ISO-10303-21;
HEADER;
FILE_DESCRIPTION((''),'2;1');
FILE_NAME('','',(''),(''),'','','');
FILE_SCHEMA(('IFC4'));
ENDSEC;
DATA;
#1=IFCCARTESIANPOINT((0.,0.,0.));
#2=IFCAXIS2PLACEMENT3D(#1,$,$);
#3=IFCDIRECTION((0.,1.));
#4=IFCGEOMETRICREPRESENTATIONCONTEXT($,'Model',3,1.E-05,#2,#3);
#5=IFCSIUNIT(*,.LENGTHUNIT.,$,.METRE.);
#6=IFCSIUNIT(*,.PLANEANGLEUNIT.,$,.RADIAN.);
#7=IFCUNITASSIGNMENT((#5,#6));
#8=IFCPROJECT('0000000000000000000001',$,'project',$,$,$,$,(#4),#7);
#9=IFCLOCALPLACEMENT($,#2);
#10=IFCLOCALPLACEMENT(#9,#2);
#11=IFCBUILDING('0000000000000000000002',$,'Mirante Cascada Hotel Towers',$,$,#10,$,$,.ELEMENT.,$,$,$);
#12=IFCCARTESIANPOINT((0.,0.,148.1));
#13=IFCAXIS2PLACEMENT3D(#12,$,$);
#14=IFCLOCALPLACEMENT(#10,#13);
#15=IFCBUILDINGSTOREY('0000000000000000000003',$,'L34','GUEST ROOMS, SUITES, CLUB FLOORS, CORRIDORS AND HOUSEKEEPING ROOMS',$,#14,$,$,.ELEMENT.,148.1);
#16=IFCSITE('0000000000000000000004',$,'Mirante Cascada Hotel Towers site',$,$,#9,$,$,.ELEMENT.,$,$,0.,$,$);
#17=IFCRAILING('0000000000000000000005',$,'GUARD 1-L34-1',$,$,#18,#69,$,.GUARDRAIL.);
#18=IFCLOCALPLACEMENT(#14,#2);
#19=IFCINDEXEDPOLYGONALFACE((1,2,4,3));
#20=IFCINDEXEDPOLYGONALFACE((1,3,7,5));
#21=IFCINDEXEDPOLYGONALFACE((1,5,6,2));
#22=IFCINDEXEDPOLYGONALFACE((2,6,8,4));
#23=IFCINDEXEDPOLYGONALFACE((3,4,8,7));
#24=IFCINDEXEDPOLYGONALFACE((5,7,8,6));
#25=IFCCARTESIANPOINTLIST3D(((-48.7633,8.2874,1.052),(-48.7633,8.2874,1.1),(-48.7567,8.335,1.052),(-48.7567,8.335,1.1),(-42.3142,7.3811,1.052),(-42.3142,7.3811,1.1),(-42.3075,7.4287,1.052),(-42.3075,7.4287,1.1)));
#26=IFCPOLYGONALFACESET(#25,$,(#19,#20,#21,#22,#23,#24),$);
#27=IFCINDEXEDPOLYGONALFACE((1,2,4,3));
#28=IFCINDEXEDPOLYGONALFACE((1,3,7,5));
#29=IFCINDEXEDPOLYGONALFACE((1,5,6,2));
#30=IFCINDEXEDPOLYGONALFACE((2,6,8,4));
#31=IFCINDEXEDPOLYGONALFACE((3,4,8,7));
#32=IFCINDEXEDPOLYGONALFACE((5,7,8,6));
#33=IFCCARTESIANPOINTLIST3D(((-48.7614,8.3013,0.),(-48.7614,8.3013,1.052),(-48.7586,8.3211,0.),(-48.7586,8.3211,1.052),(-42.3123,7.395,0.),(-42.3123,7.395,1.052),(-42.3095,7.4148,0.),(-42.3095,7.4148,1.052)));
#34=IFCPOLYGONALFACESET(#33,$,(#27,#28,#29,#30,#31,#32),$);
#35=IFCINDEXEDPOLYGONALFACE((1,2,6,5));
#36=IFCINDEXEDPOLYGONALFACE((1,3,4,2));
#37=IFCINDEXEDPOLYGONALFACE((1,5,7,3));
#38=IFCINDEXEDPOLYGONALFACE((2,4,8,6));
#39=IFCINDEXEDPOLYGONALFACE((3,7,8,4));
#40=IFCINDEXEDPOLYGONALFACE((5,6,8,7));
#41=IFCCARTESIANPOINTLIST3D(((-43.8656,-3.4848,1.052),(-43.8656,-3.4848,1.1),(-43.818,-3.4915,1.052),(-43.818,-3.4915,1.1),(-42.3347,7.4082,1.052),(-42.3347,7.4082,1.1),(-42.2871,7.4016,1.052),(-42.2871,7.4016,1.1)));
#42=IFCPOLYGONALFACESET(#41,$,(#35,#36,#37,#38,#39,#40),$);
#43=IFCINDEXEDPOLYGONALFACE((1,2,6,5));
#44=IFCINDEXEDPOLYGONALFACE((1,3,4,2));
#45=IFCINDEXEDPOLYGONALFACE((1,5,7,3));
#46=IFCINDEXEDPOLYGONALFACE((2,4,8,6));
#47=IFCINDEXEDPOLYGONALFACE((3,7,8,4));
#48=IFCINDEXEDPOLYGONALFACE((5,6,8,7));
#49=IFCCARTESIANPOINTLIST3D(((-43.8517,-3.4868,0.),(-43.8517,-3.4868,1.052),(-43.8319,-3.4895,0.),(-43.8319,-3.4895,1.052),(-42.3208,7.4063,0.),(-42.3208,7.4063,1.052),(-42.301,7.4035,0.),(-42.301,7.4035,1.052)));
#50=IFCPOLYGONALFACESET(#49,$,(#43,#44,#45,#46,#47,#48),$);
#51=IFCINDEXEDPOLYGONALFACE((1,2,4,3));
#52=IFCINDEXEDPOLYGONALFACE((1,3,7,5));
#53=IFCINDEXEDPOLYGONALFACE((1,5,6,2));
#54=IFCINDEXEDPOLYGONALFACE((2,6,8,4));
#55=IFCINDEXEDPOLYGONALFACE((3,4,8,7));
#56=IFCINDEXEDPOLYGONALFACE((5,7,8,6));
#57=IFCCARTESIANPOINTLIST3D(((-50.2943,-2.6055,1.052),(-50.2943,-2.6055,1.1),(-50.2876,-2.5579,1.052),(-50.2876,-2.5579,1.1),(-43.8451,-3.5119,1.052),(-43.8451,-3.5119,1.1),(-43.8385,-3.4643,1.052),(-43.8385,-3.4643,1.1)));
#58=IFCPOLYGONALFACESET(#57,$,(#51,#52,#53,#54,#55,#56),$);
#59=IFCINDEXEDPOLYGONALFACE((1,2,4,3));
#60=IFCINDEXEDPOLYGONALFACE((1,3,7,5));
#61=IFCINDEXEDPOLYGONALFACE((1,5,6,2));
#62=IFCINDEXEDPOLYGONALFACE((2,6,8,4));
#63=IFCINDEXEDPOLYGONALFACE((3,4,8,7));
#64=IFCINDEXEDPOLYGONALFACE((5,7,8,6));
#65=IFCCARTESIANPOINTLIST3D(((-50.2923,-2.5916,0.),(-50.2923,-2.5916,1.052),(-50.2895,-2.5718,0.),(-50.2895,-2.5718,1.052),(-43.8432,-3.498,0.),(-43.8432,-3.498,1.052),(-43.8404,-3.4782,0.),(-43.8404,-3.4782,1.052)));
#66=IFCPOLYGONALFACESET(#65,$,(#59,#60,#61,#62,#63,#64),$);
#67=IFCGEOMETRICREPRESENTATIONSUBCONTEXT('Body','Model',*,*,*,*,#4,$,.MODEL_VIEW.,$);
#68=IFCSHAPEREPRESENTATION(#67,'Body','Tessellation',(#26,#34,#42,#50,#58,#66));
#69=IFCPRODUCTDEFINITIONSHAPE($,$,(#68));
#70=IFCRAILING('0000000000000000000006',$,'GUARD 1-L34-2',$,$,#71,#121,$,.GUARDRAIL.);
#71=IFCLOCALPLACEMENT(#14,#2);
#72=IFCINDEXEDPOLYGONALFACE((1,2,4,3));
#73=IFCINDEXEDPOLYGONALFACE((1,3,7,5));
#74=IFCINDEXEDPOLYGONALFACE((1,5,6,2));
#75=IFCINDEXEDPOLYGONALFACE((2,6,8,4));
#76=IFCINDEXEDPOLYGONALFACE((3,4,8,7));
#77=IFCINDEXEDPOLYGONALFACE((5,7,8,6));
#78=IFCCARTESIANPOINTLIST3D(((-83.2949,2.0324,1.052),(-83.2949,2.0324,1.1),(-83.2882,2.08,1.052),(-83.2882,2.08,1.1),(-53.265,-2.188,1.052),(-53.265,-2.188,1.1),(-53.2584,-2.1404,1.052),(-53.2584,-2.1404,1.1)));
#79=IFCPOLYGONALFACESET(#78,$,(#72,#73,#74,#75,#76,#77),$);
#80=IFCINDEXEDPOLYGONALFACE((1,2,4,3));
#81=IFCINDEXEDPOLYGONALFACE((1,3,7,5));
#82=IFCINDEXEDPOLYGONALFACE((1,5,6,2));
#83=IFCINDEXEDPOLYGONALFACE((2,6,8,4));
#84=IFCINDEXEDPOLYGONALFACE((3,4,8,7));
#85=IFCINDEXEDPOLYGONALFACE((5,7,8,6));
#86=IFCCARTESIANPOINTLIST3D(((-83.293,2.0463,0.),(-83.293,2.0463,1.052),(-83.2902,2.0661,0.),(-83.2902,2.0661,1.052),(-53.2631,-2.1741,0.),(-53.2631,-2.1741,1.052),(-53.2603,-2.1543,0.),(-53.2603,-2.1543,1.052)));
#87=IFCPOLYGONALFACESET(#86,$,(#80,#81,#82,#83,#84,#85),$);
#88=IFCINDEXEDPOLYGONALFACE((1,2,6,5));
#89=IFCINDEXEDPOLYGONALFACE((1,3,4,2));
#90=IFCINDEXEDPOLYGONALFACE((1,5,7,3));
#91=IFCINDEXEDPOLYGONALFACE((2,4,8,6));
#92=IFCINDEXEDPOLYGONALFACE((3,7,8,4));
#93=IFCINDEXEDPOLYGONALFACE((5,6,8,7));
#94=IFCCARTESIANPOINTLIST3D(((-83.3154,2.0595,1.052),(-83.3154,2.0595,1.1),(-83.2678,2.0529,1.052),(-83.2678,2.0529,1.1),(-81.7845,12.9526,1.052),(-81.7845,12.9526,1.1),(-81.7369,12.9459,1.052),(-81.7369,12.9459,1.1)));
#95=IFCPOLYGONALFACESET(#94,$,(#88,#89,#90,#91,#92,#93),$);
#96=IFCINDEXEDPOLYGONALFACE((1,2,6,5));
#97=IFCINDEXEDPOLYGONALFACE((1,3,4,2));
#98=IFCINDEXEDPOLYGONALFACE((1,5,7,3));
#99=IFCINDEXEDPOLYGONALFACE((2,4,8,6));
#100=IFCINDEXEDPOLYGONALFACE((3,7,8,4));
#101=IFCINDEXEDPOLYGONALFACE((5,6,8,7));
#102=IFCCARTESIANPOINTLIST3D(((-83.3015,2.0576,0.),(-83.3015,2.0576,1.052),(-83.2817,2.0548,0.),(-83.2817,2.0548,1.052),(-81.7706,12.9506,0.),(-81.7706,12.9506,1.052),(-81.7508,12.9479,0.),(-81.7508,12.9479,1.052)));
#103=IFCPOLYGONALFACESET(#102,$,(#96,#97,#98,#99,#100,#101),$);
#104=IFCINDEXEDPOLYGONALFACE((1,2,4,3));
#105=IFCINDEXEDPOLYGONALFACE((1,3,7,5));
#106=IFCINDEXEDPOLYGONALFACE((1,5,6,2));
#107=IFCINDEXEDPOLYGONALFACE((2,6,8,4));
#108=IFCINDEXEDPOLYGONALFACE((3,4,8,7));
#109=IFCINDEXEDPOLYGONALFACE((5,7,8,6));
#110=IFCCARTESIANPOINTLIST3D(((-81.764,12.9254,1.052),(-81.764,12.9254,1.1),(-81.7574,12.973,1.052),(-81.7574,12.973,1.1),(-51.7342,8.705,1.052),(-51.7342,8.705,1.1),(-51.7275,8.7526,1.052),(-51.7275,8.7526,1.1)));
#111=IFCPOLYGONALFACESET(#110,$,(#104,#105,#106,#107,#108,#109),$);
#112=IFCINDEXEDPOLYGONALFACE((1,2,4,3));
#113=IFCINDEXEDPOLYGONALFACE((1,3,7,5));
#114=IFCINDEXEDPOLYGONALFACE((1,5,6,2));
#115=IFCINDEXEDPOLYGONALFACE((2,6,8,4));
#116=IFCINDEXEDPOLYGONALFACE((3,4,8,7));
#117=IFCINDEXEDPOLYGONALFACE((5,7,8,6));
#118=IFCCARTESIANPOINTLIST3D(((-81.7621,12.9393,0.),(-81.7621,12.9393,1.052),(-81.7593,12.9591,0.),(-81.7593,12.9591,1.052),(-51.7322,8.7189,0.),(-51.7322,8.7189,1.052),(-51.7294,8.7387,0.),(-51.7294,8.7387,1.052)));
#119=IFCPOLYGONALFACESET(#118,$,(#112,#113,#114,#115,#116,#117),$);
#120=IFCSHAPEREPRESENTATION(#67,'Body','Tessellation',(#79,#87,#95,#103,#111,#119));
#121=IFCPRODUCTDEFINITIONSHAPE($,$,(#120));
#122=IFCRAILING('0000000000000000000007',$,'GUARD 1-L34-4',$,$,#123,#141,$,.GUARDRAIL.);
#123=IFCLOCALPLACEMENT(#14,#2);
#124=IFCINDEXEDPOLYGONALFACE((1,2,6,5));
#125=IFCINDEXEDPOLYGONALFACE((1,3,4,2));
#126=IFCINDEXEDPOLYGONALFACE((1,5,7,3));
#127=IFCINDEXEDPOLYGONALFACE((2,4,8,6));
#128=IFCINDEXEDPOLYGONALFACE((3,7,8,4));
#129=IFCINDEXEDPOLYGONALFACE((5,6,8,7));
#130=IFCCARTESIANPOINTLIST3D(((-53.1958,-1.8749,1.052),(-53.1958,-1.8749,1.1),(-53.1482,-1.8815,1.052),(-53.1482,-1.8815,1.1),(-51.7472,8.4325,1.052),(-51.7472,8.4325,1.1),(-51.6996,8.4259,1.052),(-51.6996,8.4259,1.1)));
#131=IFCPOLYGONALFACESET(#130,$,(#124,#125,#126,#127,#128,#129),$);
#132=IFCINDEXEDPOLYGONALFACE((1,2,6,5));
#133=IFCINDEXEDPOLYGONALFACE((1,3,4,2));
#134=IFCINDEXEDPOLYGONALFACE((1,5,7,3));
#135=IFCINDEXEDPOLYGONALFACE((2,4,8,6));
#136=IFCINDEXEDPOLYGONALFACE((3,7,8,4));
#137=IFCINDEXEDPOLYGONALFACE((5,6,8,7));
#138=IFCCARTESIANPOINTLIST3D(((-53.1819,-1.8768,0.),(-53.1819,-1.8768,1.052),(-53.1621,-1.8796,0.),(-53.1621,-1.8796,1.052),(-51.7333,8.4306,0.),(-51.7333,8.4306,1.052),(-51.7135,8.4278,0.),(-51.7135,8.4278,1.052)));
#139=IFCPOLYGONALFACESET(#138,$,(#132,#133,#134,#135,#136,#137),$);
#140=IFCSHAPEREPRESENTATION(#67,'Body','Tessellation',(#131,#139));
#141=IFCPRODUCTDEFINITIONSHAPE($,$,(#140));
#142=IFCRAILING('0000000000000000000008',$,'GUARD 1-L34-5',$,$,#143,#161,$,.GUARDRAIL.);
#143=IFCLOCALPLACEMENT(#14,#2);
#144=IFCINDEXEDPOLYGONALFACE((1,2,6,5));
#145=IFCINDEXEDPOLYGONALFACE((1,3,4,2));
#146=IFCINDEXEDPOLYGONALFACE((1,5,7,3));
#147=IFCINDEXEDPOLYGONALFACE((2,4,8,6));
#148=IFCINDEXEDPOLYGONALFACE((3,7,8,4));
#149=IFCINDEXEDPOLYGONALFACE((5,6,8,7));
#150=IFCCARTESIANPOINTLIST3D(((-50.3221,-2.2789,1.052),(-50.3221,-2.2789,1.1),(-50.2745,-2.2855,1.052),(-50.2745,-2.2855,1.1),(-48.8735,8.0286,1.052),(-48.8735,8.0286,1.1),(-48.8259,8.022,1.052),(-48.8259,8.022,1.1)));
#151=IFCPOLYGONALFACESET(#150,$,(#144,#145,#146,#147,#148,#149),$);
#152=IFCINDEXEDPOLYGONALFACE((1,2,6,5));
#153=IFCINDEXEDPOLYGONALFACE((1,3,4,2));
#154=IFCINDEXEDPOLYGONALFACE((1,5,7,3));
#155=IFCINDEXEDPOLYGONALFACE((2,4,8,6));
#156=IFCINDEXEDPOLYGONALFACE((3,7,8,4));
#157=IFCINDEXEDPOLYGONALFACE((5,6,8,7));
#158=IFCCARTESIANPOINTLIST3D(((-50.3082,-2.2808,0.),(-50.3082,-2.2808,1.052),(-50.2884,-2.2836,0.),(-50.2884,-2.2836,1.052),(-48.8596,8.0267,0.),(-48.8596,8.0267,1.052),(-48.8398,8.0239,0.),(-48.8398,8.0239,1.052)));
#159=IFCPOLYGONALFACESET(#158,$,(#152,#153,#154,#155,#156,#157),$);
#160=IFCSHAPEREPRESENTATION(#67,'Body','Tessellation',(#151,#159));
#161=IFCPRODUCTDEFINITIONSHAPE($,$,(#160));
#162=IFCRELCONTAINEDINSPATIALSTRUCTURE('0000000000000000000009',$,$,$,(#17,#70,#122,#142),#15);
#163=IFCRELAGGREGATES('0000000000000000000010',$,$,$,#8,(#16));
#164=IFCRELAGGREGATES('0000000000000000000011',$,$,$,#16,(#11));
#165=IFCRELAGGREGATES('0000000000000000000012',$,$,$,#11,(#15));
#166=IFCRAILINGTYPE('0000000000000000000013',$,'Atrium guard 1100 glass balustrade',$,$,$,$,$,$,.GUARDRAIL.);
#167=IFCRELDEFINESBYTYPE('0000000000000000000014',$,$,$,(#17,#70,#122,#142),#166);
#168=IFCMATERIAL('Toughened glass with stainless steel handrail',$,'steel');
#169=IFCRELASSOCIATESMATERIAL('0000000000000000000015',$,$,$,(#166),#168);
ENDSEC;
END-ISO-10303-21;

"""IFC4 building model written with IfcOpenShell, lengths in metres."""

from ifc_helpers import new_model, si_unit, direction, frame, origin, origin_2d, place, context, subcontext, project, spatial, rectangle, extrude, material, type_object, element, save


model = new_model("IFC4")

# Units and contexts
model_context = context("Model", 3, precision=1e-05, world=origin(), true_north=direction((0.0, 1.0)))
body_context = subcontext(model_context, "Body", "Model", "MODEL_VIEW")
ifc_project = project(units=[si_unit("LENGTHUNIT", "METRE"), si_unit("PLANEANGLEUNIT", "RADIAN")], contexts=[model_context])

# Site, building, storey
site_placement = place(None, origin())
site = spatial("IfcSite", under=ifc_project, at=site_placement, Name="Mirante Cascada Hotel Towers site", CompositionType="ELEMENT", RefElevation=0.0)
building_placement = place(site_placement, origin())
building = spatial("IfcBuilding", under=site, at=building_placement, Name="Mirante Cascada Hotel Towers", CompositionType="ELEMENT")
storey_placement = place(building_placement, frame((0.0, 0.0, 148.1)))
storey = spatial("IfcBuildingStorey", under=building, at=storey_placement, Name="L34", Description="GUEST ROOMS, SUITES, CLUB FLOORS, CORRIDORS AND HOUSEKEEPING ROOMS", CompositionType="ELEMENT", Elevation=148.1)

# Railings
ifc_material_1 = material(Name="Toughened glass with stainless steel handrail", Category="steel")
railing_type = type_object("IfcRailingType", Name="Atrium guard 1100 glass balustrade", PredefinedType="GUARDRAIL", material=ifc_material_1)
railing_1_placement = place(storey_placement, frame((-48.76, 8.3112, 0.0)))
element("IfcRailing", 1, at=railing_1_placement, inside=storey, type_object=railing_type, Name="GUARD 1-L34-1", PredefinedType="GUARDRAIL", context=body_context, shape_type="SweptSolid", body=[
    extrude(rectangle(XDim=0.048, YDim=0.048, at=origin_2d()), frame((0.0, 0.0, 1.076), z_axis=(0.990269, -0.139164, 0.0), x_axis=(0.139164, 0.990269, 0.0)), (0.0, 0.0, 1.0), 6.5125),
    extrude(rectangle(XDim=0.02, YDim=1.052, at=origin_2d()), frame((0.0, 0.0, 0.526), z_axis=(0.990269, -0.139164, 0.0), x_axis=(0.139164, 0.990269, 0.0)), (0.0, 0.0, 1.0), 6.5125),
    extrude(rectangle(XDim=0.048, YDim=0.048, at=origin_2d()), frame((6.4491, -0.9063, 1.076), z_axis=(-0.139172, -0.990268, 0.0), x_axis=(0.990268, -0.139172, 0.0)), (0.0, 0.0, 1.0), 11.0001),
    extrude(rectangle(XDim=0.02, YDim=1.052, at=origin_2d()), frame((6.4491, -0.9063, 0.526), z_axis=(-0.139172, -0.990268, 0.0), x_axis=(0.990268, -0.139172, 0.0)), (0.0, 0.0, 1.0), 11.0001),
    extrude(rectangle(XDim=0.048, YDim=0.048, at=origin_2d()), frame((4.9182, -11.7993, 1.076), z_axis=(-0.990267, 0.139179, 0.0), x_axis=(-0.139179, -0.990267, 0.0)), (0.0, 0.0, 1.0), 6.5125),
    extrude(rectangle(XDim=0.02, YDim=1.052, at=origin_2d()), frame((4.9182, -11.7993, 0.526), z_axis=(-0.990267, 0.139179, 0.0), x_axis=(-0.139179, -0.990267, 0.0)), (0.0, 0.0, 1.0), 6.5125),
])
railing_2_placement = place(storey_placement, frame((-53.2617, -2.1642, 0.0)))
element("IfcRailing", 2, at=railing_2_placement, inside=storey, type_object=railing_type, Name="GUARD 1-L34-2", PredefinedType="GUARDRAIL", context=body_context, shape_type="SweptSolid", body=[
    extrude(rectangle(XDim=0.048, YDim=0.048, at=origin_2d()), frame((0.0, 0.0, 1.076), z_axis=(-0.990268, 0.139172, 0.0), x_axis=(-0.139172, -0.990268, 0.0)), (0.0, 0.0, 1.0), 30.325),
    extrude(rectangle(XDim=0.02, YDim=1.052, at=origin_2d()), frame((0.0, 0.0, 0.526), z_axis=(-0.990268, 0.139172, 0.0), x_axis=(-0.139172, -0.990268, 0.0)), (0.0, 0.0, 1.0), 30.325),
    extrude(rectangle(XDim=0.048, YDim=0.048, at=origin_2d()), frame((-30.0299, 4.2204, 1.076), z_axis=(0.139172, 0.990268, 0.0), x_axis=(-0.990268, 0.139172, 0.0)), (0.0, 0.0, 1.0), 11.0001),
    extrude(rectangle(XDim=0.02, YDim=1.052, at=origin_2d()), frame((-30.0299, 4.2204, 0.526), z_axis=(0.139172, 0.990268, 0.0), x_axis=(-0.990268, 0.139172, 0.0)), (0.0, 0.0, 1.0), 11.0001),
    extrude(rectangle(XDim=0.048, YDim=0.048, at=origin_2d()), frame((-28.499, 15.1134, 1.076), z_axis=(0.990268, -0.139172, 0.0), x_axis=(0.139172, 0.990268, 0.0)), (0.0, 0.0, 1.0), 30.325),
    extrude(rectangle(XDim=0.02, YDim=1.052, at=origin_2d()), frame((-28.499, 15.1134, 0.526), z_axis=(0.990268, -0.139172, 0.0), x_axis=(0.139172, 0.990268, 0.0)), (0.0, 0.0, 1.0), 30.325),
])
railing_3_placement = place(storey_placement, frame((-53.172, -1.8782, 0.0)))
element("IfcRailing", 3, at=railing_3_placement, inside=storey, type_object=railing_type, Name="GUARD 1-L34-4", PredefinedType="GUARDRAIL", context=body_context, shape_type="SweptSolid", body=[
    extrude(rectangle(XDim=0.048, YDim=0.048, at=origin_2d()), frame((0.0, 0.0, 1.076), z_axis=(0.139172, 0.990268, 0.0), x_axis=(-0.990268, 0.139172, 0.0)), (0.0, 0.0, 1.0), 10.4087),
    extrude(rectangle(XDim=0.02, YDim=1.052, at=origin_2d()), frame((0.0, 0.0, 0.526), z_axis=(0.139172, 0.990268, 0.0), x_axis=(-0.990268, 0.139172, 0.0)), (0.0, 0.0, 1.0), 10.4087),
])
railing_4_placement = place(storey_placement, frame((-48.8497, 8.0253, 0.0)))
element("IfcRailing", 4, at=railing_4_placement, inside=storey, type_object=railing_type, Name="GUARD 1-L34-5", PredefinedType="GUARDRAIL", context=body_context, shape_type="SweptSolid", body=[
    extrude(rectangle(XDim=0.048, YDim=0.048, at=origin_2d()), frame((0.0, 0.0, 1.076), z_axis=(-0.139171, -0.990268, 0.0), x_axis=(0.990268, -0.139171, 0.0)), (0.0, 0.0, 1.0), 10.4088),
    extrude(rectangle(XDim=0.02, YDim=1.052, at=origin_2d()), frame((0.0, 0.0, 0.526), z_axis=(-0.139171, -0.990268, 0.0), x_axis=(0.990268, -0.139171, 0.0)), (0.0, 0.0, 1.0), 10.4088),
])

save(model, "model.ifc")
